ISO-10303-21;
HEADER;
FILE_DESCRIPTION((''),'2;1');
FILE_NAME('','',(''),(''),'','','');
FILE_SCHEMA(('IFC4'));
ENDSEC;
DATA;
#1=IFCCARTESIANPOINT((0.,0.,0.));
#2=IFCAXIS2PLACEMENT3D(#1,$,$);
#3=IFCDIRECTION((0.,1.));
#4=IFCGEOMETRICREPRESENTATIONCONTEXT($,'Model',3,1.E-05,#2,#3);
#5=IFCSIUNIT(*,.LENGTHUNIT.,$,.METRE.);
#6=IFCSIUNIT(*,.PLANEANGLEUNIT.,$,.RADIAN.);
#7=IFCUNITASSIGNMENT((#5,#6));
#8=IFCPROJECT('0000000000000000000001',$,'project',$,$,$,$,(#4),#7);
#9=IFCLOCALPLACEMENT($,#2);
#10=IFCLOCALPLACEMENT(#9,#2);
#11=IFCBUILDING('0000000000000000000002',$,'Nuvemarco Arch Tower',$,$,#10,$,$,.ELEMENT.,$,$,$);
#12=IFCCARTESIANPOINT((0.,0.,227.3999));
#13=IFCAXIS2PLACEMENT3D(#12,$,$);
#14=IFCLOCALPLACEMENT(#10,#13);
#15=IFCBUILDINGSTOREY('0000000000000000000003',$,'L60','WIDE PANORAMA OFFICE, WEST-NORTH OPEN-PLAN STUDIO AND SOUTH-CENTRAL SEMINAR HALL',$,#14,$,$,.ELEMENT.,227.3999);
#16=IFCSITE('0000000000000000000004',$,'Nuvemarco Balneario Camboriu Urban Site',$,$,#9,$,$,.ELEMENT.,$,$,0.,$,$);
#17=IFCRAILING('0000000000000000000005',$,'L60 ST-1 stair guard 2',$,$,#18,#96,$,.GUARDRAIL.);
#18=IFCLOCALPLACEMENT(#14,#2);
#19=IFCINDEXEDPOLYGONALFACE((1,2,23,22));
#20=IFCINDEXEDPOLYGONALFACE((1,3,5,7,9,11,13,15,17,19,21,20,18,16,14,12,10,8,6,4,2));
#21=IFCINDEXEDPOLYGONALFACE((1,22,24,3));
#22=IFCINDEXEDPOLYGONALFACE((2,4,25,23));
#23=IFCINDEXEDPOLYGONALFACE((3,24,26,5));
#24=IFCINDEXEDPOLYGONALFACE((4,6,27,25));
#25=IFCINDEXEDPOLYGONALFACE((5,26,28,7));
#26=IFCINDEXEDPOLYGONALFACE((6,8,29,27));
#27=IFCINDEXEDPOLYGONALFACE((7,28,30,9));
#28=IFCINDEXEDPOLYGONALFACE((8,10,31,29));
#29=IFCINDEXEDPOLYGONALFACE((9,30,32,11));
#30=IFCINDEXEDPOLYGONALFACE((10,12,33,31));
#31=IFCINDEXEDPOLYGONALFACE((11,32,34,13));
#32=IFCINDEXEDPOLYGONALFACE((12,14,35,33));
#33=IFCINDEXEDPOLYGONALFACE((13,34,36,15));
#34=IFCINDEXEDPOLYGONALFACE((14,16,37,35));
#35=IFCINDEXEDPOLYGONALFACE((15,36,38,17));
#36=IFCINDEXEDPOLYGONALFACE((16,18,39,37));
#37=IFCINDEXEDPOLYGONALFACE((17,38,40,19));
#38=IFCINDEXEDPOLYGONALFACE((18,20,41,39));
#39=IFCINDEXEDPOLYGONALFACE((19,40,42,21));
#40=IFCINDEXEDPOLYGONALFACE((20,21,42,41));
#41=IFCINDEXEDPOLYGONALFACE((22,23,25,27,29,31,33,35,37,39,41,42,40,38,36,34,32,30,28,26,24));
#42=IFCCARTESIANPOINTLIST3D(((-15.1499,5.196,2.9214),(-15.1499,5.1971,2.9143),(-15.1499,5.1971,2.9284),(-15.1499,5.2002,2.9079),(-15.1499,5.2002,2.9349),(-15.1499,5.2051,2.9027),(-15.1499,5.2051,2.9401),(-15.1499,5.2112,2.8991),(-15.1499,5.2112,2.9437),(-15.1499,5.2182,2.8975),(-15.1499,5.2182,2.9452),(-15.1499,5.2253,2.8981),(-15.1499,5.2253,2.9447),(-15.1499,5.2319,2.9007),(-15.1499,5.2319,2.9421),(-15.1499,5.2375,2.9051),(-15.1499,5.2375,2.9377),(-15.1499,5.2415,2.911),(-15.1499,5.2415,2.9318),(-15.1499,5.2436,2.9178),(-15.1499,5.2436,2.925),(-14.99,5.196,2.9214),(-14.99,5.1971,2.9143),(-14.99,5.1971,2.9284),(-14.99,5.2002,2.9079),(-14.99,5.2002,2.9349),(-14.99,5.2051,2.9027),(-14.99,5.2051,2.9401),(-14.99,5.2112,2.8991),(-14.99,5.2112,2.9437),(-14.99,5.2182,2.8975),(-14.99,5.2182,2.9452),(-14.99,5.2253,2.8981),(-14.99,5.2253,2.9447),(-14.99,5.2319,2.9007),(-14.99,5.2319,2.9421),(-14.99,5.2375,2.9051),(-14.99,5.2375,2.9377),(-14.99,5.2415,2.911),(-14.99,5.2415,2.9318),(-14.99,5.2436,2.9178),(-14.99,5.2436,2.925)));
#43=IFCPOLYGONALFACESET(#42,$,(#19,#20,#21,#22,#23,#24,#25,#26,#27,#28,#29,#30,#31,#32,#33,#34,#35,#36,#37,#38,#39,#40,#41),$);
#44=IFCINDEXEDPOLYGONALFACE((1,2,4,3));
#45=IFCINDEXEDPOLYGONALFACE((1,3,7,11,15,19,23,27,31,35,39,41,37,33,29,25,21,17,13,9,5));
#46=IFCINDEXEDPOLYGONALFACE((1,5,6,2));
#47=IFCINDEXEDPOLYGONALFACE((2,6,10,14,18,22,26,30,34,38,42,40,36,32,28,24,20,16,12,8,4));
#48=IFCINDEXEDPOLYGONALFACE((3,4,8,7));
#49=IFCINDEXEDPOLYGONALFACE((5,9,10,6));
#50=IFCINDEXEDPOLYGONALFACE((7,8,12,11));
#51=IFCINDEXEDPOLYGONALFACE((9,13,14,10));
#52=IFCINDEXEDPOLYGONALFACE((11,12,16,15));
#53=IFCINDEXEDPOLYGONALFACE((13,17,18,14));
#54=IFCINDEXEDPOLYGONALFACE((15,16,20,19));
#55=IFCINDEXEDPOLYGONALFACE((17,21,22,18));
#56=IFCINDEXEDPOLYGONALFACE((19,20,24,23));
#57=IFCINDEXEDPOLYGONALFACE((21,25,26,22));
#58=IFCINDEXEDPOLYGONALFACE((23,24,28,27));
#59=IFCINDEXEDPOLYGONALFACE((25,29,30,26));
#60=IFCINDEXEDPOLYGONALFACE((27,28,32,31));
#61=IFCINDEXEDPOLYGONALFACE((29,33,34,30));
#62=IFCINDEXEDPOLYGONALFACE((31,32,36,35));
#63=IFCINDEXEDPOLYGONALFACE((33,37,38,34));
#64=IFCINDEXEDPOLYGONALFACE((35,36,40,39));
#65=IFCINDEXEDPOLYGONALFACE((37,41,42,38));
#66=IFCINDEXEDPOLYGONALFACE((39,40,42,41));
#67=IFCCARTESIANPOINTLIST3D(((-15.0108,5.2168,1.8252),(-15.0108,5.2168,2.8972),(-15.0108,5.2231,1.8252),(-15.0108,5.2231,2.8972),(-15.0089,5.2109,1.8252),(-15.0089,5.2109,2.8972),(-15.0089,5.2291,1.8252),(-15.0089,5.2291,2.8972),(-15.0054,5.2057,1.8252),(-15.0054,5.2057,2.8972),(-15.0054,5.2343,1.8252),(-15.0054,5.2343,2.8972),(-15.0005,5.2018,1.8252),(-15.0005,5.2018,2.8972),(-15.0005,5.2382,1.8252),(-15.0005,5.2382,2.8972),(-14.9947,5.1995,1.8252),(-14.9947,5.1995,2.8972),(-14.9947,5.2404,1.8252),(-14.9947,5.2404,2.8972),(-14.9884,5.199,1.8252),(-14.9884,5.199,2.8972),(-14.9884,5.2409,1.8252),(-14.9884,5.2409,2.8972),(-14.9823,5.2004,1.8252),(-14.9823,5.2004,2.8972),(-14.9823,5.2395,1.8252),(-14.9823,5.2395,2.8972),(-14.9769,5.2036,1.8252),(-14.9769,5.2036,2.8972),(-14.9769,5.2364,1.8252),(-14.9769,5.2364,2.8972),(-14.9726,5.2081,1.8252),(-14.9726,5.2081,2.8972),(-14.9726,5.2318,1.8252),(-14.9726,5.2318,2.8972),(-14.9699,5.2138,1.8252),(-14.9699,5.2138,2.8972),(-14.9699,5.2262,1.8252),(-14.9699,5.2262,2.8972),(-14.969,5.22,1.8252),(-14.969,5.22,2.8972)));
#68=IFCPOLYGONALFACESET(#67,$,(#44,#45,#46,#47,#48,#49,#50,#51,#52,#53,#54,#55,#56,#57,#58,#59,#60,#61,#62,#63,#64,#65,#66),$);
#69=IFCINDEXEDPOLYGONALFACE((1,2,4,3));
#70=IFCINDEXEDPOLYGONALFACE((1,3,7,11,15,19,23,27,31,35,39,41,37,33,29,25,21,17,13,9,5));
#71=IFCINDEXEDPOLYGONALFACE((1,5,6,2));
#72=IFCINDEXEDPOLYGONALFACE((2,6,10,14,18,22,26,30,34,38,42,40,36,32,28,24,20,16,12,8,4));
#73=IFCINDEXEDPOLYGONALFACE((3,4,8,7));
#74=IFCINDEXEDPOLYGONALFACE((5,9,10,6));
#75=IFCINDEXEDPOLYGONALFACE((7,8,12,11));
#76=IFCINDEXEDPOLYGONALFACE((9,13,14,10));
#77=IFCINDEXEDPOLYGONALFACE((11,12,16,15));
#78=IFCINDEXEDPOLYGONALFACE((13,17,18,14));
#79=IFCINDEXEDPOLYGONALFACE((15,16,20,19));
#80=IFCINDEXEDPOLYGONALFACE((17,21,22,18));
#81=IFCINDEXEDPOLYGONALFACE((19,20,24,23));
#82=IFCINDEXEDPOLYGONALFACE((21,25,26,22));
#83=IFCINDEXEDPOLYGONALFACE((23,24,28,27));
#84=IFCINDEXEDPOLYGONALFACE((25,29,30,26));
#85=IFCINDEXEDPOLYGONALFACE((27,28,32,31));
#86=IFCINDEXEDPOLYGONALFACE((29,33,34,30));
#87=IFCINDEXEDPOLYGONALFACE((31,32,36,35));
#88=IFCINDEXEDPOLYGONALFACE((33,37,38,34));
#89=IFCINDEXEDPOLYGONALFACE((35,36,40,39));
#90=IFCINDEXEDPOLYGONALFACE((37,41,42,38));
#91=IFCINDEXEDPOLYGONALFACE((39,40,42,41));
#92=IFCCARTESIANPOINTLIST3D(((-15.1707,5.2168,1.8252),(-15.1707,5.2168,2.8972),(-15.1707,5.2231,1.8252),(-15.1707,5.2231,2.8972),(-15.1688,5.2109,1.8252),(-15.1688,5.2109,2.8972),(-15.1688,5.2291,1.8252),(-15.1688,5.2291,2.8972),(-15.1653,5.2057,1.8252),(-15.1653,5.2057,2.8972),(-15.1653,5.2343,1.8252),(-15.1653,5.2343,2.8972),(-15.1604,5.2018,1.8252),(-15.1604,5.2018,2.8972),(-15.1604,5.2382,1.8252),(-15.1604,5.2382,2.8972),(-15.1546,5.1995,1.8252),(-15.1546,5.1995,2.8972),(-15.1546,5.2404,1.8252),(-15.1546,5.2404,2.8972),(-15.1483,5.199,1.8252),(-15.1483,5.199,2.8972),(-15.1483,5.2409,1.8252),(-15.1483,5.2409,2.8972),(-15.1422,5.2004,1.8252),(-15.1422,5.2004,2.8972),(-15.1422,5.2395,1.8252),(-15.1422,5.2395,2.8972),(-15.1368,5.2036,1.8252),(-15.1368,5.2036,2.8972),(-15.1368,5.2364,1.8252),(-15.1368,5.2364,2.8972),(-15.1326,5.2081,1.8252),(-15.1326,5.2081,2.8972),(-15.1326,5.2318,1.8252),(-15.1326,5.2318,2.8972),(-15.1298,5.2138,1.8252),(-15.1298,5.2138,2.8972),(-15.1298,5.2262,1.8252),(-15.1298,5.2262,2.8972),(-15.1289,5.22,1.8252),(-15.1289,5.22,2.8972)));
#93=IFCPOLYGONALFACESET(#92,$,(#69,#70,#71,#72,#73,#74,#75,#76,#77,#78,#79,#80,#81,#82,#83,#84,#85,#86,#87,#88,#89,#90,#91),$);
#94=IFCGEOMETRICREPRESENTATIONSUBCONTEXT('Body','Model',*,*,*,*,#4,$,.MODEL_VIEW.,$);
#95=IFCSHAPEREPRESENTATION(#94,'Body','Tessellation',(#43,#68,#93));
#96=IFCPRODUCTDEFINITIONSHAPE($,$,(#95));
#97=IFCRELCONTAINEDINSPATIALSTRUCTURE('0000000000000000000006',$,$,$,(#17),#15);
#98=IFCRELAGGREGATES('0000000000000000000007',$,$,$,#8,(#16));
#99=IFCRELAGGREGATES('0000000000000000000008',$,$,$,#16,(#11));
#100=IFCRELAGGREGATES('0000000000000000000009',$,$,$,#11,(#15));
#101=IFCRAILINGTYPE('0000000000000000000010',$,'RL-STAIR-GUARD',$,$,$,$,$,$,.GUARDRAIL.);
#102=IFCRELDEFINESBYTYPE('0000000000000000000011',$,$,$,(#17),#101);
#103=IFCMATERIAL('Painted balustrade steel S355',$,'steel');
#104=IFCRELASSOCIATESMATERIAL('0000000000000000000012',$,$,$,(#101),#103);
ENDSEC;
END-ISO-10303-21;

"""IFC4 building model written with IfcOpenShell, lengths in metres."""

from ifc_helpers import new_model, si_unit, direction, frame, origin, origin_2d, place, context, subcontext, project, spatial, circle, extrude, material, type_object, element, save


model = new_model("IFC4")

# Units and contexts
model_context = context("Model", 3, precision=1e-05, world=origin(), true_north=direction((0.0, 1.0)))
body_context = subcontext(model_context, "Body", "Model", "MODEL_VIEW")
ifc_project = project(units=[si_unit("LENGTHUNIT", "METRE"), si_unit("PLANEANGLEUNIT", "RADIAN")], contexts=[model_context])

# Site, building, storey
site_placement = place(None, origin())
site = spatial("IfcSite", under=ifc_project, at=site_placement, Name="Nuvemarco Balneario Camboriu Urban Site", CompositionType="ELEMENT", RefElevation=0.0)
building_placement = place(site_placement, origin())
building = spatial("IfcBuilding", under=site, at=building_placement, Name="Nuvemarco Arch Tower", CompositionType="ELEMENT")
storey_placement = place(building_placement, frame((0.0, 0.0, 227.3999)))
storey = spatial("IfcBuildingStorey", under=building, at=storey_placement, Name="L60", Description="WIDE PANORAMA OFFICE, WEST-NORTH OPEN-PLAN STUDIO AND SOUTH-CENTRAL SEMINAR HALL", CompositionType="ELEMENT", Elevation=227.3999)

# Railing
ifc_material_1 = material(Name="Painted balustrade steel S355", Category="steel")
railing_type = type_object("IfcRailingType", Name="RL-STAIR-GUARD", PredefinedType="GUARDRAIL", material=ifc_material_1)
railing_placement = place(storey_placement, frame((-14.99, 5.22, 1.8252)))
element("IfcRailing", 1, at=railing_placement, inside=storey, type_object=railing_type, Name="L60 ST-1 stair guard 2", PredefinedType="GUARDRAIL", context=body_context, shape_type="SweptSolid", body=[
    extrude(circle(Radius=0.0239, at=origin_2d()), frame((0.0, 0.0, 1.0962), z_axis=(-1.0, 0.0, 0.0), x_axis=(0.0, -1.0, 0.0)), (0.0, 0.0, 1.0), 0.1599),
    extrude(circle(Radius=0.021, at=origin_2d()), origin(), (0.0, 0.0, 1.0), 1.072),
    extrude(circle(Radius=0.021, at=origin_2d()), frame((-0.1599, 0.0, 0.0)), (0.0, 0.0, 1.0), 1.072),
])

save(model, "model.ifc")
